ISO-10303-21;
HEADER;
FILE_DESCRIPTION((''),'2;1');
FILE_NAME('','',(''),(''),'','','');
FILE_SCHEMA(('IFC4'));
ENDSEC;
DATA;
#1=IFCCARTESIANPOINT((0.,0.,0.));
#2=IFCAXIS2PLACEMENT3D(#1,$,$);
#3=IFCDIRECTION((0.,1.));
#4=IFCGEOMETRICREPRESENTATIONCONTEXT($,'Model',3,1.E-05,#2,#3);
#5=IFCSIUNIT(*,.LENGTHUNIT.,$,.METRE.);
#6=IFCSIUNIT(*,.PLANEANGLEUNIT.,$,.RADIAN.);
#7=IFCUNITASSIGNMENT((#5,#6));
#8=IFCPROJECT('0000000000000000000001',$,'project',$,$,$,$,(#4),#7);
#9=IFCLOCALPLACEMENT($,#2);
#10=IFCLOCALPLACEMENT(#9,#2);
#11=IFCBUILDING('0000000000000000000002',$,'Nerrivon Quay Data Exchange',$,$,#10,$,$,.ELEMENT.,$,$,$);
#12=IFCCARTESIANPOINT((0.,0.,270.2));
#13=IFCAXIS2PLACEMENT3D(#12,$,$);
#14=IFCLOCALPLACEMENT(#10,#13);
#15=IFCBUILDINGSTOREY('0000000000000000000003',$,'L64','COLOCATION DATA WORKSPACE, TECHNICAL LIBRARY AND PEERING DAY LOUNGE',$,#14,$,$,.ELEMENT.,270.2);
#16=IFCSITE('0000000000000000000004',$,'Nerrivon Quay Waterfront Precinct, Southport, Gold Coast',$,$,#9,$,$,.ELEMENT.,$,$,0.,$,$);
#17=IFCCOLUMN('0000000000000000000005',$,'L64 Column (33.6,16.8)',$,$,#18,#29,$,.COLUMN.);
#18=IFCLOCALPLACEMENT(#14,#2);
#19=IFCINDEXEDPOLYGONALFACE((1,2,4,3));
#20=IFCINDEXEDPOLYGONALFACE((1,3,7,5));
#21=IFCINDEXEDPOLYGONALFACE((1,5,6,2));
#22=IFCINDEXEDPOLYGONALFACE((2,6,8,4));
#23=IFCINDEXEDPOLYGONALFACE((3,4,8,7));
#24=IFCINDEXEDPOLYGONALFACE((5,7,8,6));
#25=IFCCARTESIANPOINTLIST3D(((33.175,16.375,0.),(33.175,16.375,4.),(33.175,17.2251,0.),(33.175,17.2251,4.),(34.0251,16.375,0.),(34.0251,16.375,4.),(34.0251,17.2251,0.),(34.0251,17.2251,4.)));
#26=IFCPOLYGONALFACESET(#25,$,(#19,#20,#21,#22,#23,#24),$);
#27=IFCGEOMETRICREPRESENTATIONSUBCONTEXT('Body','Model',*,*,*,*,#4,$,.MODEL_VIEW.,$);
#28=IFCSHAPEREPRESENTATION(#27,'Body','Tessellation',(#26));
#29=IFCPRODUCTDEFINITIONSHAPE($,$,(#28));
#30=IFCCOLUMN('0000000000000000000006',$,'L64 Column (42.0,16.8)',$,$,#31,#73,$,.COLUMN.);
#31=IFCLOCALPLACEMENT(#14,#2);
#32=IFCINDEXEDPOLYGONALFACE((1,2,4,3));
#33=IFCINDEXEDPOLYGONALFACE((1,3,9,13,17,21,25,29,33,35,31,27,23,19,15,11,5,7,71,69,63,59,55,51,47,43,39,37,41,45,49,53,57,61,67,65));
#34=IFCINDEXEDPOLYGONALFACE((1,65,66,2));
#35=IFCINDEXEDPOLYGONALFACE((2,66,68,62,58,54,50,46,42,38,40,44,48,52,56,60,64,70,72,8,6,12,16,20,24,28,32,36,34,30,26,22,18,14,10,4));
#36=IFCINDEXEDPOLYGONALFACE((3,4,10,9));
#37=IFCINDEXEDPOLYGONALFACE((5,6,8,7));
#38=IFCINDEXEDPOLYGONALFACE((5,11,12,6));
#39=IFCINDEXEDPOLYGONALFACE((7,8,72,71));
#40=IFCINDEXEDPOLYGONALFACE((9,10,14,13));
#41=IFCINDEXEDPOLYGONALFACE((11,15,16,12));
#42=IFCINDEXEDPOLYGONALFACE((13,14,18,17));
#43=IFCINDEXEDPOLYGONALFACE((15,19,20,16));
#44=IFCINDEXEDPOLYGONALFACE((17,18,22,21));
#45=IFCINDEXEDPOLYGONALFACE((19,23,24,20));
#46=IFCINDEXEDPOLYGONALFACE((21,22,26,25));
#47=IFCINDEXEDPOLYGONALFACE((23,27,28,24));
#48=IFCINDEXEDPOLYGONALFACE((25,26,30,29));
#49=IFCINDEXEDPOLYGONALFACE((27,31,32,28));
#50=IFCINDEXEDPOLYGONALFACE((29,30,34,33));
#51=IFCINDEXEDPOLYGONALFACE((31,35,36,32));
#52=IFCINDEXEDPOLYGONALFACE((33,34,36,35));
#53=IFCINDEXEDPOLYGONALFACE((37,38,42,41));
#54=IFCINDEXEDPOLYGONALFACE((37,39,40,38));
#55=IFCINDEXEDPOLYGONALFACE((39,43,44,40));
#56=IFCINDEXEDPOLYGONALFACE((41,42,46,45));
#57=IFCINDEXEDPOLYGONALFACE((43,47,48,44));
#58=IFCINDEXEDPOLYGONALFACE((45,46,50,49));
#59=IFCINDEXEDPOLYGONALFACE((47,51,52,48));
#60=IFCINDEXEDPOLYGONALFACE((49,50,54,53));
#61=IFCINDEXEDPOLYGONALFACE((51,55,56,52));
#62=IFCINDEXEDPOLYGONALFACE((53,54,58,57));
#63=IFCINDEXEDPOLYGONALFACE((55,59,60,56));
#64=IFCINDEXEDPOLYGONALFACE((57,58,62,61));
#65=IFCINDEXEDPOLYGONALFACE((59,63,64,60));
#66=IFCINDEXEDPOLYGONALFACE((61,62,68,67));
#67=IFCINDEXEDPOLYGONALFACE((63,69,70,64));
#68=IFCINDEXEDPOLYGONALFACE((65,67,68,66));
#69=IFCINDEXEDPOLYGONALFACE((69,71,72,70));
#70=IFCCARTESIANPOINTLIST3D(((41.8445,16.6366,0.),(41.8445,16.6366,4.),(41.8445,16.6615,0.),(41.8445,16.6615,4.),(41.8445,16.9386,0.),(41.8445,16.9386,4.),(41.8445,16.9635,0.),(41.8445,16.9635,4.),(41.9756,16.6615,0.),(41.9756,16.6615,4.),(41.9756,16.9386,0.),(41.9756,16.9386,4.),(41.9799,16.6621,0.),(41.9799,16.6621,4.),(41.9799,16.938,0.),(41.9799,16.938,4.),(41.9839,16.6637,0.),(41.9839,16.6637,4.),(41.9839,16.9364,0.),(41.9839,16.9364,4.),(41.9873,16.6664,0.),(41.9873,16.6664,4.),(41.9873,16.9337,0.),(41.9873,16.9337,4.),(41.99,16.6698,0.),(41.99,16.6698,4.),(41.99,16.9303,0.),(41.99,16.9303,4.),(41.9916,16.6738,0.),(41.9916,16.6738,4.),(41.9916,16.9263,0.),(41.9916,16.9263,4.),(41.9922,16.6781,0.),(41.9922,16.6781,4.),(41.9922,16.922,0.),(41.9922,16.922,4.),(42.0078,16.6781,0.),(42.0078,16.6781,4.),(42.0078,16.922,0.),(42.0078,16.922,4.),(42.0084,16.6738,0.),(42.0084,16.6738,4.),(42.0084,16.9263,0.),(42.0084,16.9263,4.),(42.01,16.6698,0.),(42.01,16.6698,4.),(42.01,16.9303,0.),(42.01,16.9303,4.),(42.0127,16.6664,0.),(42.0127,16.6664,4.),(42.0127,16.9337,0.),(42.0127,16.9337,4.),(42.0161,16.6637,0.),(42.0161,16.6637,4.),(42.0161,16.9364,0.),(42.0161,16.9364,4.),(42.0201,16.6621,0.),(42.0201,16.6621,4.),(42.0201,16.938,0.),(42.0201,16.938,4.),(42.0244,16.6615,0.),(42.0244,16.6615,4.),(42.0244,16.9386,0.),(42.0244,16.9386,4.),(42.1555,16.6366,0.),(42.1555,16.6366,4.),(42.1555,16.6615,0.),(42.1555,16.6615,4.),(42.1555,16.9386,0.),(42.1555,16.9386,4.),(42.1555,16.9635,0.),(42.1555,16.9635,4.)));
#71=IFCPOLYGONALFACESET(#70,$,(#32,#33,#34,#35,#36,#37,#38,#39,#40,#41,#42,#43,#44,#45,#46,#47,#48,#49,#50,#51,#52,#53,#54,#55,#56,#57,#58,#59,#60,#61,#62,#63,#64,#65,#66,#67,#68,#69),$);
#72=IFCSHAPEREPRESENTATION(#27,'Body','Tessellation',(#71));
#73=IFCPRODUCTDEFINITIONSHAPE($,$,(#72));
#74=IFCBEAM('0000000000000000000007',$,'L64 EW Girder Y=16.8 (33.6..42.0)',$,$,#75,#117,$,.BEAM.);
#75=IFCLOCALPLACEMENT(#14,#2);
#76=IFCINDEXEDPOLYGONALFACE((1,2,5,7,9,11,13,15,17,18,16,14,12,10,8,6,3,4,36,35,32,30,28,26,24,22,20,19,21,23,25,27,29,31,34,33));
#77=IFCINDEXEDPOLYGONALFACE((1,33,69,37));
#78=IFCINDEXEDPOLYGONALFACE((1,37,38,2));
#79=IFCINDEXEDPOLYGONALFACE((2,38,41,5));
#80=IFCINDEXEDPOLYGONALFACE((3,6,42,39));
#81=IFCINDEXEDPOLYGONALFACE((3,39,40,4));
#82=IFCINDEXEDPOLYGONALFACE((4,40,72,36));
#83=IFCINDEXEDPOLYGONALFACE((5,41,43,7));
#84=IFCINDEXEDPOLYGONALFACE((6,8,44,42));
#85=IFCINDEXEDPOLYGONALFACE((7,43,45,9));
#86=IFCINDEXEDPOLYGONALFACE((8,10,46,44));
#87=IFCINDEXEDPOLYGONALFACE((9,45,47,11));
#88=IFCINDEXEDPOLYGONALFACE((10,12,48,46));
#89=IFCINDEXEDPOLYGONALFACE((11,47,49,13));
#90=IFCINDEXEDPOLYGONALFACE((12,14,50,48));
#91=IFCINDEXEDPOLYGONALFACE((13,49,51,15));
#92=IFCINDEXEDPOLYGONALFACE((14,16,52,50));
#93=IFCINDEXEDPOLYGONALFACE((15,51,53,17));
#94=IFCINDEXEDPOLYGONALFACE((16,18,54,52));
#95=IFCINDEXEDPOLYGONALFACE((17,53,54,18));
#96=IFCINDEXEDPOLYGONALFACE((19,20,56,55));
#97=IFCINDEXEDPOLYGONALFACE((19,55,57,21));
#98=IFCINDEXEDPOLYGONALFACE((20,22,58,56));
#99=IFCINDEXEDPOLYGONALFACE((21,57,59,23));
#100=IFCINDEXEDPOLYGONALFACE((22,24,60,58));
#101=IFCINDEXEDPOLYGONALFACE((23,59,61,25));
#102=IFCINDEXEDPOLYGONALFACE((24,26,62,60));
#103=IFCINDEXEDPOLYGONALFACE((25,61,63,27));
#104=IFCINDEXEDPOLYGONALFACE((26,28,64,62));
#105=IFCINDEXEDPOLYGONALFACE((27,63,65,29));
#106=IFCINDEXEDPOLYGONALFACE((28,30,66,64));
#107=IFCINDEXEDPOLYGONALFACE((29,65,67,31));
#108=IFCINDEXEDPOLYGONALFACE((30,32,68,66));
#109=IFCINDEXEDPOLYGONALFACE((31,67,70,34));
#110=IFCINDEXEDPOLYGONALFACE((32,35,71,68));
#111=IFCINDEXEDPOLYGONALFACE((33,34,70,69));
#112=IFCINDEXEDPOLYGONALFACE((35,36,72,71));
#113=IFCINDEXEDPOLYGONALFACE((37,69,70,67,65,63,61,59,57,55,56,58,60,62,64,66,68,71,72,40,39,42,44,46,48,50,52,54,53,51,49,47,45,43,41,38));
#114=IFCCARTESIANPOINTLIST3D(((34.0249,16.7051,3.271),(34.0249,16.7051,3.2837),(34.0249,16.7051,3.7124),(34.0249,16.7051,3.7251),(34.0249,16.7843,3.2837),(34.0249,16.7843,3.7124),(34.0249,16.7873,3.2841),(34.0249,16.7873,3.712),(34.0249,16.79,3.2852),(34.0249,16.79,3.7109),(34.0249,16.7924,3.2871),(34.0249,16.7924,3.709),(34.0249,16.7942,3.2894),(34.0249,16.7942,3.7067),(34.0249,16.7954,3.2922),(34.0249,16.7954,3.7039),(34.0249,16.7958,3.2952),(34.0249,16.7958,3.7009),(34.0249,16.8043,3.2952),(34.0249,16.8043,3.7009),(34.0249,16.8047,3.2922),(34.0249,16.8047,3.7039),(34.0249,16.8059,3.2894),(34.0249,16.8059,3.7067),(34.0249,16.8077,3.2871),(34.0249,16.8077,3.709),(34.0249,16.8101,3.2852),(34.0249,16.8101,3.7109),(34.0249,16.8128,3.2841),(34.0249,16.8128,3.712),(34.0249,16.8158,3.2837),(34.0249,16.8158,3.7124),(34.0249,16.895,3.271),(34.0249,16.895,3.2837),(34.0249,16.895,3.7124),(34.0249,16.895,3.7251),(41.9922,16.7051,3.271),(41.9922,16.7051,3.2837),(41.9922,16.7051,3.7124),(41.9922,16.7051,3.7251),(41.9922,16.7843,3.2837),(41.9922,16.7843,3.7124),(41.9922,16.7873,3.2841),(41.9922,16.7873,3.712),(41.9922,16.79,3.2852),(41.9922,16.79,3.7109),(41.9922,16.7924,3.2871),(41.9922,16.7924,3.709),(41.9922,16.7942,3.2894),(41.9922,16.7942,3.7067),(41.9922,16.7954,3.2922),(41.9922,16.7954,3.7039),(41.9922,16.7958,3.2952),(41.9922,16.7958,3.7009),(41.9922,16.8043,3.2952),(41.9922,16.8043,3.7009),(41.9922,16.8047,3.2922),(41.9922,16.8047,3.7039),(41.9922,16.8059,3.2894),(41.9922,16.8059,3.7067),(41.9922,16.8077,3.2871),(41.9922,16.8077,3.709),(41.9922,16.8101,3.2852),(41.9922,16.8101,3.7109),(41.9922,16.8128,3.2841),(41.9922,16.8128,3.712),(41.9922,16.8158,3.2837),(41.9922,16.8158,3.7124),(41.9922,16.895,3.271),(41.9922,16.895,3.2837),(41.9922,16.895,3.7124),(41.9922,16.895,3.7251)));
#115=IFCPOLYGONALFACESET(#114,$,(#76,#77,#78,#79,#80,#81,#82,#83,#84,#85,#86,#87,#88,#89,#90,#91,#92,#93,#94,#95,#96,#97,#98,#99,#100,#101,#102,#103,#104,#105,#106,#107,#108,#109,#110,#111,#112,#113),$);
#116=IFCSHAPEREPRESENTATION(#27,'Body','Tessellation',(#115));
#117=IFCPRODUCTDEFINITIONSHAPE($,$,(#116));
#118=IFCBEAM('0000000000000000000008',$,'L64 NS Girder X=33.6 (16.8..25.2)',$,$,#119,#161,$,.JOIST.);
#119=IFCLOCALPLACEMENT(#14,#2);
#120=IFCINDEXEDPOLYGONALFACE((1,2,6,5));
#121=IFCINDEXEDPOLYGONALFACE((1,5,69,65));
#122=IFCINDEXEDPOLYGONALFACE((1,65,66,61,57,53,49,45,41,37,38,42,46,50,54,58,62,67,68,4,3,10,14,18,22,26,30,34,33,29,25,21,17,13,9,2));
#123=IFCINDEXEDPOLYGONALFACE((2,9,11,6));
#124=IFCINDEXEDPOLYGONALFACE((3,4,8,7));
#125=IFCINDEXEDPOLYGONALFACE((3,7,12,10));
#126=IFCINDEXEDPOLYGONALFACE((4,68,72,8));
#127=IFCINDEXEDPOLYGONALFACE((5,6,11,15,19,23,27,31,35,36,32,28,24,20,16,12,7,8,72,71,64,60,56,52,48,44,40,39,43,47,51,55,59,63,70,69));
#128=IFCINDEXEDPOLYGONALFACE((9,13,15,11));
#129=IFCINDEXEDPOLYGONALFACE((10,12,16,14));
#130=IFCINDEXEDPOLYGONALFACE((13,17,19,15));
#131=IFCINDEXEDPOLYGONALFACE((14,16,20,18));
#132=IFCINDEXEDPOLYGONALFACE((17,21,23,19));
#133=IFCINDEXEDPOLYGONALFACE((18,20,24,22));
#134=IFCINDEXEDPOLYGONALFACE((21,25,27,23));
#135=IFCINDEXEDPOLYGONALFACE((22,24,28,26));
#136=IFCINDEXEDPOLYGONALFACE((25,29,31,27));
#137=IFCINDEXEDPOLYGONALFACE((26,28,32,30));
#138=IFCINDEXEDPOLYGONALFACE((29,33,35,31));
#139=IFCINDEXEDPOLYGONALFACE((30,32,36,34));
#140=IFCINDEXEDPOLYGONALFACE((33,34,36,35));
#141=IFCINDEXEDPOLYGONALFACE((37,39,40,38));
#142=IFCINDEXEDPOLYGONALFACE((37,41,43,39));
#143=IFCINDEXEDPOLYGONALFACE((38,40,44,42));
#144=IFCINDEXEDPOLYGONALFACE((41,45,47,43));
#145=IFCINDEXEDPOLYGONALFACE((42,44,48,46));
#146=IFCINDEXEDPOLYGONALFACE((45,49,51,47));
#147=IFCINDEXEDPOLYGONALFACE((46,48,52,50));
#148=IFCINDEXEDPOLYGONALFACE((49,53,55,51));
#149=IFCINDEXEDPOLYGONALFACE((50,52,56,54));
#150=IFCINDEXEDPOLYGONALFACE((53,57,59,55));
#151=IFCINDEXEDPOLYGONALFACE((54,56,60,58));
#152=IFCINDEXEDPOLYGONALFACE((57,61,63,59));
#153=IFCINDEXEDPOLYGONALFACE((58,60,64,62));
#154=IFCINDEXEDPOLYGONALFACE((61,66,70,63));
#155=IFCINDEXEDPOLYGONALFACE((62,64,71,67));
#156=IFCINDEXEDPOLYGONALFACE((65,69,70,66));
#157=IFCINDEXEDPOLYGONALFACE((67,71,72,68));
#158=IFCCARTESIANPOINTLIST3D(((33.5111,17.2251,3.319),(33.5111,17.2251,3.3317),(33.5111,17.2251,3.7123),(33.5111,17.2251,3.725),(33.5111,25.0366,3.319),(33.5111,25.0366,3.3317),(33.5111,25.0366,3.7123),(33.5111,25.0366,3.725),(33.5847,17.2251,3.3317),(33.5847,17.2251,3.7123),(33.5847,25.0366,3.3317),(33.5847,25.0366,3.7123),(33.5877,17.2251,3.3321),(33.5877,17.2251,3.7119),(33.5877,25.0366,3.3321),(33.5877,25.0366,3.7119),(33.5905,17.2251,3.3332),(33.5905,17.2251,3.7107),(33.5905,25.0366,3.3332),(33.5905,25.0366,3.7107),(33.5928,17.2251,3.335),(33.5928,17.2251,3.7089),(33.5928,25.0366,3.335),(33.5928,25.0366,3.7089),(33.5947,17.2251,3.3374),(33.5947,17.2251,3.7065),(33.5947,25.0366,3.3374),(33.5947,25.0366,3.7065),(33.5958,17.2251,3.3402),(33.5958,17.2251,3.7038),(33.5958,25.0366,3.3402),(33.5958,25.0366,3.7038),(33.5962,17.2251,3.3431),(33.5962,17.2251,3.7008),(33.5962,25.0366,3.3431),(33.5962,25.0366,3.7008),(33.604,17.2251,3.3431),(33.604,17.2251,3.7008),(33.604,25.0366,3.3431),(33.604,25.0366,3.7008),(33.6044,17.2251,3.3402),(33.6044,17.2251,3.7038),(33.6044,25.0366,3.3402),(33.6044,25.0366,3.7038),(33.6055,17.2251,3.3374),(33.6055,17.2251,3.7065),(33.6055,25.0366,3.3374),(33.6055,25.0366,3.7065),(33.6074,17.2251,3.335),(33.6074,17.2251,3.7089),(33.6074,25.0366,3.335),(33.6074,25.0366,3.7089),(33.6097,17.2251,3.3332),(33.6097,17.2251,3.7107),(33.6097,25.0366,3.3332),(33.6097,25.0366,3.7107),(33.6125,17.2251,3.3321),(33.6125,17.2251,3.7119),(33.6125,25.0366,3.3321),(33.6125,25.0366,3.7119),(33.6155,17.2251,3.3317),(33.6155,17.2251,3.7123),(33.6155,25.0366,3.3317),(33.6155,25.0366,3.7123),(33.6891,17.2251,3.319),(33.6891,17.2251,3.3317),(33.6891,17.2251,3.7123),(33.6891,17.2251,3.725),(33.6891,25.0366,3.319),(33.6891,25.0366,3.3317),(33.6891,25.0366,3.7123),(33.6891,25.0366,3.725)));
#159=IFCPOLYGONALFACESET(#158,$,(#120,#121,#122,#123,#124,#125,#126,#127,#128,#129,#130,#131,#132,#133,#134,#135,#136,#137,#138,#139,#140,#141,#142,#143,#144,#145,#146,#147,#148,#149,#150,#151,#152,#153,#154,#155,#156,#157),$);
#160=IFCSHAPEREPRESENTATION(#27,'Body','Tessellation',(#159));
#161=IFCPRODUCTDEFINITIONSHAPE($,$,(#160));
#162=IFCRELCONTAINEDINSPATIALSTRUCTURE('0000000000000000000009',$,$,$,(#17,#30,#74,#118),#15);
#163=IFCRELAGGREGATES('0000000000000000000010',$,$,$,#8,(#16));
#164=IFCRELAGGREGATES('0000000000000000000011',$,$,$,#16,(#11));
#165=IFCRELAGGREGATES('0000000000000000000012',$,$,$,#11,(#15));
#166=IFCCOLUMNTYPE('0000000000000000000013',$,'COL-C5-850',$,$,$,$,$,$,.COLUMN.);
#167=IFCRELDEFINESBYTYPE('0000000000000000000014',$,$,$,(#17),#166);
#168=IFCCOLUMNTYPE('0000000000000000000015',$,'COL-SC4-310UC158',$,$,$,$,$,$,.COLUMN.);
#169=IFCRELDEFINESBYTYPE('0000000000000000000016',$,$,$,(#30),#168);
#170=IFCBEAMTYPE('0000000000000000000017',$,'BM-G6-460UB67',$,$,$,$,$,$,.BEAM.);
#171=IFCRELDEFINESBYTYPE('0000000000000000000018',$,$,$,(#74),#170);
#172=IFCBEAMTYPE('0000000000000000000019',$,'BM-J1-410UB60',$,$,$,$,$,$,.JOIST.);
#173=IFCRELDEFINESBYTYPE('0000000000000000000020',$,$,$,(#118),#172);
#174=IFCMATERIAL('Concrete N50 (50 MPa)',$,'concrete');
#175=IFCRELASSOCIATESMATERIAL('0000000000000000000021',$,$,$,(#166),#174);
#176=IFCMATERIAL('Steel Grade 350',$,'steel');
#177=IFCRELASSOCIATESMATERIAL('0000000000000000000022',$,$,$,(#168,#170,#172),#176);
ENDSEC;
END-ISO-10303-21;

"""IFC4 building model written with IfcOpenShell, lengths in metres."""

from ifc_helpers import new_model, si_unit, direction, frame, origin, origin_2d, place, context, subcontext, project, spatial, rectangle, i_section, extrude, material, material_profile, profile_set, type_object, element, save


model = new_model("IFC4")

# Units and contexts
model_context = context("Model", 3, precision=1e-05, world=origin(), true_north=direction((0.0, 1.0)))
body_context = subcontext(model_context, "Body", "Model", "MODEL_VIEW")
ifc_project = project(units=[si_unit("LENGTHUNIT", "METRE"), si_unit("PLANEANGLEUNIT", "RADIAN")], contexts=[model_context])

# Site, building, storey
site_placement = place(None, origin())
site = spatial("IfcSite", under=ifc_project, at=site_placement, Name="Nerrivon Quay Waterfront Precinct, Southport, Gold Coast", CompositionType="ELEMENT", RefElevation=0.0)
building_placement = place(site_placement, origin())
building = spatial("IfcBuilding", under=site, at=building_placement, Name="Nerrivon Quay Data Exchange", CompositionType="ELEMENT")
storey_placement = place(building_placement, frame((0.0, 0.0, 270.2)))
storey = spatial("IfcBuildingStorey", under=building, at=storey_placement, Name="L64", Description="COLOCATION DATA WORKSPACE, TECHNICAL LIBRARY AND PEERING DAY LOUNGE", CompositionType="ELEMENT", Elevation=270.2)

# Columns
ifc_material_1 = material(Name="Concrete N50 (50 MPa)", Category="concrete")
ifc_material_profile_1 = material_profile(ifc_material_1, rectangle(XDim=0.8501, YDim=0.8501, at=origin_2d()), Name="RC-COL-850x850")
ifc_profile_set_1 = profile_set([ifc_material_profile_1], Name="Concrete N50 (50 MPa)")
column_type_1 = type_object("IfcColumnType", Name="COL-C5-850", PredefinedType="COLUMN", material=ifc_profile_set_1)
column_1_placement = place(storey_placement, frame((33.6001, 16.8, 0.0), z_axis=(0.0, 0.0, 1.0), x_axis=(1.0, 0.0, 0.0)))
element("IfcColumn", 1, at=column_1_placement, inside=storey, type_object=column_type_1, Name="L64 Column (33.6,16.8)", PredefinedType="COLUMN", context=body_context, shape_type="SweptSolid", body=[
    extrude(rectangle(XDim=0.8501, YDim=0.8501, at=origin_2d()), origin(), (0.0, 0.0, 1.0), 4.0),
])
ifc_material_2 = material(Name="Steel Grade 350", Category="steel")
ifc_material_profile_2 = material_profile(ifc_material_2, i_section(OverallWidth=0.311, OverallDepth=0.3269, WebThickness=0.0156, FlangeThickness=0.0249, FilletRadius=0.0166, at=origin_2d()), Name="310UC158")
ifc_profile_set_2 = profile_set([ifc_material_profile_2], Name="Steel Grade 350")
column_type_2 = type_object("IfcColumnType", Name="COL-SC4-310UC158", PredefinedType="COLUMN", material=ifc_profile_set_2)
column_2_placement = place(storey_placement, frame((42.0, 16.8, 0.0), z_axis=(0.0, 0.0, 1.0), x_axis=(1.0, 0.0, 0.0)))
element("IfcColumn", 2, at=column_2_placement, inside=storey, type_object=column_type_2, Name="L64 Column (42.0,16.8)", PredefinedType="COLUMN", context=body_context, shape_type="SweptSolid", body=[
    extrude(i_section(OverallWidth=0.311, OverallDepth=0.3269, WebThickness=0.0156, FlangeThickness=0.0249, FilletRadius=0.0166, at=origin_2d()), origin(), (0.0, 0.0, 1.0), 4.0),
])

# Beams
ifc_material_profile_3 = material_profile(ifc_material_2, i_section(OverallWidth=0.1899, OverallDepth=0.4541, WebThickness=0.0085, FlangeThickness=0.0127, FilletRadius=0.0115, at=origin_2d()), Name="460UB67.1")
ifc_profile_set_3 = profile_set([ifc_material_profile_3], Name="Steel Grade 350")
beam_type_1 = type_object("IfcBeamType", Name="BM-G6-460UB67", PredefinedType="BEAM", material=ifc_profile_set_3)
beam_1_placement = place(storey_placement, frame((34.0249, 16.8, 3.498), z_axis=(1.0, 0.0, 0.0), x_axis=(0.0, 1.0, 0.0)))
element("IfcBeam", 3, at=beam_1_placement, inside=storey, type_object=beam_type_1, Name="L64 EW Girder Y=16.8 (33.6..42.0)", PredefinedType="BEAM", context=body_context, shape_type="SweptSolid", body=[
    extrude(i_section(OverallWidth=0.1899, OverallDepth=0.4541, WebThickness=0.0085, FlangeThickness=0.0127, FilletRadius=0.0115, at=origin_2d()), origin(), (0.0, 0.0, 1.0), 7.9673),
])
ifc_material_profile_4 = material_profile(ifc_material_2, i_section(OverallWidth=0.178, OverallDepth=0.406, WebThickness=0.0078, FlangeThickness=0.0127, FilletRadius=0.0115, at=origin_2d()), Name="410UB59.7")
ifc_profile_set_4 = profile_set([ifc_material_profile_4], Name="Steel Grade 350")
beam_type_2 = type_object("IfcBeamType", Name="BM-J1-410UB60", PredefinedType="JOIST", material=ifc_profile_set_4)
beam_2_placement = place(storey_placement, frame((33.6001, 17.2251, 3.522), z_axis=(0.0, 1.0, 0.0), x_axis=(-1.0, 0.0, 0.0)))
element("IfcBeam", 4, at=beam_2_placement, inside=storey, type_object=beam_type_2, Name="L64 NS Girder X=33.6 (16.8..25.2)", PredefinedType="JOIST", context=body_context, shape_type="SweptSolid", body=[
    extrude(i_section(OverallWidth=0.178, OverallDepth=0.406, WebThickness=0.0078, FlangeThickness=0.0127, FilletRadius=0.0115, at=origin_2d()), origin(), (0.0, 0.0, 1.0), 7.8115),
])

save(model, "model.ifc")
